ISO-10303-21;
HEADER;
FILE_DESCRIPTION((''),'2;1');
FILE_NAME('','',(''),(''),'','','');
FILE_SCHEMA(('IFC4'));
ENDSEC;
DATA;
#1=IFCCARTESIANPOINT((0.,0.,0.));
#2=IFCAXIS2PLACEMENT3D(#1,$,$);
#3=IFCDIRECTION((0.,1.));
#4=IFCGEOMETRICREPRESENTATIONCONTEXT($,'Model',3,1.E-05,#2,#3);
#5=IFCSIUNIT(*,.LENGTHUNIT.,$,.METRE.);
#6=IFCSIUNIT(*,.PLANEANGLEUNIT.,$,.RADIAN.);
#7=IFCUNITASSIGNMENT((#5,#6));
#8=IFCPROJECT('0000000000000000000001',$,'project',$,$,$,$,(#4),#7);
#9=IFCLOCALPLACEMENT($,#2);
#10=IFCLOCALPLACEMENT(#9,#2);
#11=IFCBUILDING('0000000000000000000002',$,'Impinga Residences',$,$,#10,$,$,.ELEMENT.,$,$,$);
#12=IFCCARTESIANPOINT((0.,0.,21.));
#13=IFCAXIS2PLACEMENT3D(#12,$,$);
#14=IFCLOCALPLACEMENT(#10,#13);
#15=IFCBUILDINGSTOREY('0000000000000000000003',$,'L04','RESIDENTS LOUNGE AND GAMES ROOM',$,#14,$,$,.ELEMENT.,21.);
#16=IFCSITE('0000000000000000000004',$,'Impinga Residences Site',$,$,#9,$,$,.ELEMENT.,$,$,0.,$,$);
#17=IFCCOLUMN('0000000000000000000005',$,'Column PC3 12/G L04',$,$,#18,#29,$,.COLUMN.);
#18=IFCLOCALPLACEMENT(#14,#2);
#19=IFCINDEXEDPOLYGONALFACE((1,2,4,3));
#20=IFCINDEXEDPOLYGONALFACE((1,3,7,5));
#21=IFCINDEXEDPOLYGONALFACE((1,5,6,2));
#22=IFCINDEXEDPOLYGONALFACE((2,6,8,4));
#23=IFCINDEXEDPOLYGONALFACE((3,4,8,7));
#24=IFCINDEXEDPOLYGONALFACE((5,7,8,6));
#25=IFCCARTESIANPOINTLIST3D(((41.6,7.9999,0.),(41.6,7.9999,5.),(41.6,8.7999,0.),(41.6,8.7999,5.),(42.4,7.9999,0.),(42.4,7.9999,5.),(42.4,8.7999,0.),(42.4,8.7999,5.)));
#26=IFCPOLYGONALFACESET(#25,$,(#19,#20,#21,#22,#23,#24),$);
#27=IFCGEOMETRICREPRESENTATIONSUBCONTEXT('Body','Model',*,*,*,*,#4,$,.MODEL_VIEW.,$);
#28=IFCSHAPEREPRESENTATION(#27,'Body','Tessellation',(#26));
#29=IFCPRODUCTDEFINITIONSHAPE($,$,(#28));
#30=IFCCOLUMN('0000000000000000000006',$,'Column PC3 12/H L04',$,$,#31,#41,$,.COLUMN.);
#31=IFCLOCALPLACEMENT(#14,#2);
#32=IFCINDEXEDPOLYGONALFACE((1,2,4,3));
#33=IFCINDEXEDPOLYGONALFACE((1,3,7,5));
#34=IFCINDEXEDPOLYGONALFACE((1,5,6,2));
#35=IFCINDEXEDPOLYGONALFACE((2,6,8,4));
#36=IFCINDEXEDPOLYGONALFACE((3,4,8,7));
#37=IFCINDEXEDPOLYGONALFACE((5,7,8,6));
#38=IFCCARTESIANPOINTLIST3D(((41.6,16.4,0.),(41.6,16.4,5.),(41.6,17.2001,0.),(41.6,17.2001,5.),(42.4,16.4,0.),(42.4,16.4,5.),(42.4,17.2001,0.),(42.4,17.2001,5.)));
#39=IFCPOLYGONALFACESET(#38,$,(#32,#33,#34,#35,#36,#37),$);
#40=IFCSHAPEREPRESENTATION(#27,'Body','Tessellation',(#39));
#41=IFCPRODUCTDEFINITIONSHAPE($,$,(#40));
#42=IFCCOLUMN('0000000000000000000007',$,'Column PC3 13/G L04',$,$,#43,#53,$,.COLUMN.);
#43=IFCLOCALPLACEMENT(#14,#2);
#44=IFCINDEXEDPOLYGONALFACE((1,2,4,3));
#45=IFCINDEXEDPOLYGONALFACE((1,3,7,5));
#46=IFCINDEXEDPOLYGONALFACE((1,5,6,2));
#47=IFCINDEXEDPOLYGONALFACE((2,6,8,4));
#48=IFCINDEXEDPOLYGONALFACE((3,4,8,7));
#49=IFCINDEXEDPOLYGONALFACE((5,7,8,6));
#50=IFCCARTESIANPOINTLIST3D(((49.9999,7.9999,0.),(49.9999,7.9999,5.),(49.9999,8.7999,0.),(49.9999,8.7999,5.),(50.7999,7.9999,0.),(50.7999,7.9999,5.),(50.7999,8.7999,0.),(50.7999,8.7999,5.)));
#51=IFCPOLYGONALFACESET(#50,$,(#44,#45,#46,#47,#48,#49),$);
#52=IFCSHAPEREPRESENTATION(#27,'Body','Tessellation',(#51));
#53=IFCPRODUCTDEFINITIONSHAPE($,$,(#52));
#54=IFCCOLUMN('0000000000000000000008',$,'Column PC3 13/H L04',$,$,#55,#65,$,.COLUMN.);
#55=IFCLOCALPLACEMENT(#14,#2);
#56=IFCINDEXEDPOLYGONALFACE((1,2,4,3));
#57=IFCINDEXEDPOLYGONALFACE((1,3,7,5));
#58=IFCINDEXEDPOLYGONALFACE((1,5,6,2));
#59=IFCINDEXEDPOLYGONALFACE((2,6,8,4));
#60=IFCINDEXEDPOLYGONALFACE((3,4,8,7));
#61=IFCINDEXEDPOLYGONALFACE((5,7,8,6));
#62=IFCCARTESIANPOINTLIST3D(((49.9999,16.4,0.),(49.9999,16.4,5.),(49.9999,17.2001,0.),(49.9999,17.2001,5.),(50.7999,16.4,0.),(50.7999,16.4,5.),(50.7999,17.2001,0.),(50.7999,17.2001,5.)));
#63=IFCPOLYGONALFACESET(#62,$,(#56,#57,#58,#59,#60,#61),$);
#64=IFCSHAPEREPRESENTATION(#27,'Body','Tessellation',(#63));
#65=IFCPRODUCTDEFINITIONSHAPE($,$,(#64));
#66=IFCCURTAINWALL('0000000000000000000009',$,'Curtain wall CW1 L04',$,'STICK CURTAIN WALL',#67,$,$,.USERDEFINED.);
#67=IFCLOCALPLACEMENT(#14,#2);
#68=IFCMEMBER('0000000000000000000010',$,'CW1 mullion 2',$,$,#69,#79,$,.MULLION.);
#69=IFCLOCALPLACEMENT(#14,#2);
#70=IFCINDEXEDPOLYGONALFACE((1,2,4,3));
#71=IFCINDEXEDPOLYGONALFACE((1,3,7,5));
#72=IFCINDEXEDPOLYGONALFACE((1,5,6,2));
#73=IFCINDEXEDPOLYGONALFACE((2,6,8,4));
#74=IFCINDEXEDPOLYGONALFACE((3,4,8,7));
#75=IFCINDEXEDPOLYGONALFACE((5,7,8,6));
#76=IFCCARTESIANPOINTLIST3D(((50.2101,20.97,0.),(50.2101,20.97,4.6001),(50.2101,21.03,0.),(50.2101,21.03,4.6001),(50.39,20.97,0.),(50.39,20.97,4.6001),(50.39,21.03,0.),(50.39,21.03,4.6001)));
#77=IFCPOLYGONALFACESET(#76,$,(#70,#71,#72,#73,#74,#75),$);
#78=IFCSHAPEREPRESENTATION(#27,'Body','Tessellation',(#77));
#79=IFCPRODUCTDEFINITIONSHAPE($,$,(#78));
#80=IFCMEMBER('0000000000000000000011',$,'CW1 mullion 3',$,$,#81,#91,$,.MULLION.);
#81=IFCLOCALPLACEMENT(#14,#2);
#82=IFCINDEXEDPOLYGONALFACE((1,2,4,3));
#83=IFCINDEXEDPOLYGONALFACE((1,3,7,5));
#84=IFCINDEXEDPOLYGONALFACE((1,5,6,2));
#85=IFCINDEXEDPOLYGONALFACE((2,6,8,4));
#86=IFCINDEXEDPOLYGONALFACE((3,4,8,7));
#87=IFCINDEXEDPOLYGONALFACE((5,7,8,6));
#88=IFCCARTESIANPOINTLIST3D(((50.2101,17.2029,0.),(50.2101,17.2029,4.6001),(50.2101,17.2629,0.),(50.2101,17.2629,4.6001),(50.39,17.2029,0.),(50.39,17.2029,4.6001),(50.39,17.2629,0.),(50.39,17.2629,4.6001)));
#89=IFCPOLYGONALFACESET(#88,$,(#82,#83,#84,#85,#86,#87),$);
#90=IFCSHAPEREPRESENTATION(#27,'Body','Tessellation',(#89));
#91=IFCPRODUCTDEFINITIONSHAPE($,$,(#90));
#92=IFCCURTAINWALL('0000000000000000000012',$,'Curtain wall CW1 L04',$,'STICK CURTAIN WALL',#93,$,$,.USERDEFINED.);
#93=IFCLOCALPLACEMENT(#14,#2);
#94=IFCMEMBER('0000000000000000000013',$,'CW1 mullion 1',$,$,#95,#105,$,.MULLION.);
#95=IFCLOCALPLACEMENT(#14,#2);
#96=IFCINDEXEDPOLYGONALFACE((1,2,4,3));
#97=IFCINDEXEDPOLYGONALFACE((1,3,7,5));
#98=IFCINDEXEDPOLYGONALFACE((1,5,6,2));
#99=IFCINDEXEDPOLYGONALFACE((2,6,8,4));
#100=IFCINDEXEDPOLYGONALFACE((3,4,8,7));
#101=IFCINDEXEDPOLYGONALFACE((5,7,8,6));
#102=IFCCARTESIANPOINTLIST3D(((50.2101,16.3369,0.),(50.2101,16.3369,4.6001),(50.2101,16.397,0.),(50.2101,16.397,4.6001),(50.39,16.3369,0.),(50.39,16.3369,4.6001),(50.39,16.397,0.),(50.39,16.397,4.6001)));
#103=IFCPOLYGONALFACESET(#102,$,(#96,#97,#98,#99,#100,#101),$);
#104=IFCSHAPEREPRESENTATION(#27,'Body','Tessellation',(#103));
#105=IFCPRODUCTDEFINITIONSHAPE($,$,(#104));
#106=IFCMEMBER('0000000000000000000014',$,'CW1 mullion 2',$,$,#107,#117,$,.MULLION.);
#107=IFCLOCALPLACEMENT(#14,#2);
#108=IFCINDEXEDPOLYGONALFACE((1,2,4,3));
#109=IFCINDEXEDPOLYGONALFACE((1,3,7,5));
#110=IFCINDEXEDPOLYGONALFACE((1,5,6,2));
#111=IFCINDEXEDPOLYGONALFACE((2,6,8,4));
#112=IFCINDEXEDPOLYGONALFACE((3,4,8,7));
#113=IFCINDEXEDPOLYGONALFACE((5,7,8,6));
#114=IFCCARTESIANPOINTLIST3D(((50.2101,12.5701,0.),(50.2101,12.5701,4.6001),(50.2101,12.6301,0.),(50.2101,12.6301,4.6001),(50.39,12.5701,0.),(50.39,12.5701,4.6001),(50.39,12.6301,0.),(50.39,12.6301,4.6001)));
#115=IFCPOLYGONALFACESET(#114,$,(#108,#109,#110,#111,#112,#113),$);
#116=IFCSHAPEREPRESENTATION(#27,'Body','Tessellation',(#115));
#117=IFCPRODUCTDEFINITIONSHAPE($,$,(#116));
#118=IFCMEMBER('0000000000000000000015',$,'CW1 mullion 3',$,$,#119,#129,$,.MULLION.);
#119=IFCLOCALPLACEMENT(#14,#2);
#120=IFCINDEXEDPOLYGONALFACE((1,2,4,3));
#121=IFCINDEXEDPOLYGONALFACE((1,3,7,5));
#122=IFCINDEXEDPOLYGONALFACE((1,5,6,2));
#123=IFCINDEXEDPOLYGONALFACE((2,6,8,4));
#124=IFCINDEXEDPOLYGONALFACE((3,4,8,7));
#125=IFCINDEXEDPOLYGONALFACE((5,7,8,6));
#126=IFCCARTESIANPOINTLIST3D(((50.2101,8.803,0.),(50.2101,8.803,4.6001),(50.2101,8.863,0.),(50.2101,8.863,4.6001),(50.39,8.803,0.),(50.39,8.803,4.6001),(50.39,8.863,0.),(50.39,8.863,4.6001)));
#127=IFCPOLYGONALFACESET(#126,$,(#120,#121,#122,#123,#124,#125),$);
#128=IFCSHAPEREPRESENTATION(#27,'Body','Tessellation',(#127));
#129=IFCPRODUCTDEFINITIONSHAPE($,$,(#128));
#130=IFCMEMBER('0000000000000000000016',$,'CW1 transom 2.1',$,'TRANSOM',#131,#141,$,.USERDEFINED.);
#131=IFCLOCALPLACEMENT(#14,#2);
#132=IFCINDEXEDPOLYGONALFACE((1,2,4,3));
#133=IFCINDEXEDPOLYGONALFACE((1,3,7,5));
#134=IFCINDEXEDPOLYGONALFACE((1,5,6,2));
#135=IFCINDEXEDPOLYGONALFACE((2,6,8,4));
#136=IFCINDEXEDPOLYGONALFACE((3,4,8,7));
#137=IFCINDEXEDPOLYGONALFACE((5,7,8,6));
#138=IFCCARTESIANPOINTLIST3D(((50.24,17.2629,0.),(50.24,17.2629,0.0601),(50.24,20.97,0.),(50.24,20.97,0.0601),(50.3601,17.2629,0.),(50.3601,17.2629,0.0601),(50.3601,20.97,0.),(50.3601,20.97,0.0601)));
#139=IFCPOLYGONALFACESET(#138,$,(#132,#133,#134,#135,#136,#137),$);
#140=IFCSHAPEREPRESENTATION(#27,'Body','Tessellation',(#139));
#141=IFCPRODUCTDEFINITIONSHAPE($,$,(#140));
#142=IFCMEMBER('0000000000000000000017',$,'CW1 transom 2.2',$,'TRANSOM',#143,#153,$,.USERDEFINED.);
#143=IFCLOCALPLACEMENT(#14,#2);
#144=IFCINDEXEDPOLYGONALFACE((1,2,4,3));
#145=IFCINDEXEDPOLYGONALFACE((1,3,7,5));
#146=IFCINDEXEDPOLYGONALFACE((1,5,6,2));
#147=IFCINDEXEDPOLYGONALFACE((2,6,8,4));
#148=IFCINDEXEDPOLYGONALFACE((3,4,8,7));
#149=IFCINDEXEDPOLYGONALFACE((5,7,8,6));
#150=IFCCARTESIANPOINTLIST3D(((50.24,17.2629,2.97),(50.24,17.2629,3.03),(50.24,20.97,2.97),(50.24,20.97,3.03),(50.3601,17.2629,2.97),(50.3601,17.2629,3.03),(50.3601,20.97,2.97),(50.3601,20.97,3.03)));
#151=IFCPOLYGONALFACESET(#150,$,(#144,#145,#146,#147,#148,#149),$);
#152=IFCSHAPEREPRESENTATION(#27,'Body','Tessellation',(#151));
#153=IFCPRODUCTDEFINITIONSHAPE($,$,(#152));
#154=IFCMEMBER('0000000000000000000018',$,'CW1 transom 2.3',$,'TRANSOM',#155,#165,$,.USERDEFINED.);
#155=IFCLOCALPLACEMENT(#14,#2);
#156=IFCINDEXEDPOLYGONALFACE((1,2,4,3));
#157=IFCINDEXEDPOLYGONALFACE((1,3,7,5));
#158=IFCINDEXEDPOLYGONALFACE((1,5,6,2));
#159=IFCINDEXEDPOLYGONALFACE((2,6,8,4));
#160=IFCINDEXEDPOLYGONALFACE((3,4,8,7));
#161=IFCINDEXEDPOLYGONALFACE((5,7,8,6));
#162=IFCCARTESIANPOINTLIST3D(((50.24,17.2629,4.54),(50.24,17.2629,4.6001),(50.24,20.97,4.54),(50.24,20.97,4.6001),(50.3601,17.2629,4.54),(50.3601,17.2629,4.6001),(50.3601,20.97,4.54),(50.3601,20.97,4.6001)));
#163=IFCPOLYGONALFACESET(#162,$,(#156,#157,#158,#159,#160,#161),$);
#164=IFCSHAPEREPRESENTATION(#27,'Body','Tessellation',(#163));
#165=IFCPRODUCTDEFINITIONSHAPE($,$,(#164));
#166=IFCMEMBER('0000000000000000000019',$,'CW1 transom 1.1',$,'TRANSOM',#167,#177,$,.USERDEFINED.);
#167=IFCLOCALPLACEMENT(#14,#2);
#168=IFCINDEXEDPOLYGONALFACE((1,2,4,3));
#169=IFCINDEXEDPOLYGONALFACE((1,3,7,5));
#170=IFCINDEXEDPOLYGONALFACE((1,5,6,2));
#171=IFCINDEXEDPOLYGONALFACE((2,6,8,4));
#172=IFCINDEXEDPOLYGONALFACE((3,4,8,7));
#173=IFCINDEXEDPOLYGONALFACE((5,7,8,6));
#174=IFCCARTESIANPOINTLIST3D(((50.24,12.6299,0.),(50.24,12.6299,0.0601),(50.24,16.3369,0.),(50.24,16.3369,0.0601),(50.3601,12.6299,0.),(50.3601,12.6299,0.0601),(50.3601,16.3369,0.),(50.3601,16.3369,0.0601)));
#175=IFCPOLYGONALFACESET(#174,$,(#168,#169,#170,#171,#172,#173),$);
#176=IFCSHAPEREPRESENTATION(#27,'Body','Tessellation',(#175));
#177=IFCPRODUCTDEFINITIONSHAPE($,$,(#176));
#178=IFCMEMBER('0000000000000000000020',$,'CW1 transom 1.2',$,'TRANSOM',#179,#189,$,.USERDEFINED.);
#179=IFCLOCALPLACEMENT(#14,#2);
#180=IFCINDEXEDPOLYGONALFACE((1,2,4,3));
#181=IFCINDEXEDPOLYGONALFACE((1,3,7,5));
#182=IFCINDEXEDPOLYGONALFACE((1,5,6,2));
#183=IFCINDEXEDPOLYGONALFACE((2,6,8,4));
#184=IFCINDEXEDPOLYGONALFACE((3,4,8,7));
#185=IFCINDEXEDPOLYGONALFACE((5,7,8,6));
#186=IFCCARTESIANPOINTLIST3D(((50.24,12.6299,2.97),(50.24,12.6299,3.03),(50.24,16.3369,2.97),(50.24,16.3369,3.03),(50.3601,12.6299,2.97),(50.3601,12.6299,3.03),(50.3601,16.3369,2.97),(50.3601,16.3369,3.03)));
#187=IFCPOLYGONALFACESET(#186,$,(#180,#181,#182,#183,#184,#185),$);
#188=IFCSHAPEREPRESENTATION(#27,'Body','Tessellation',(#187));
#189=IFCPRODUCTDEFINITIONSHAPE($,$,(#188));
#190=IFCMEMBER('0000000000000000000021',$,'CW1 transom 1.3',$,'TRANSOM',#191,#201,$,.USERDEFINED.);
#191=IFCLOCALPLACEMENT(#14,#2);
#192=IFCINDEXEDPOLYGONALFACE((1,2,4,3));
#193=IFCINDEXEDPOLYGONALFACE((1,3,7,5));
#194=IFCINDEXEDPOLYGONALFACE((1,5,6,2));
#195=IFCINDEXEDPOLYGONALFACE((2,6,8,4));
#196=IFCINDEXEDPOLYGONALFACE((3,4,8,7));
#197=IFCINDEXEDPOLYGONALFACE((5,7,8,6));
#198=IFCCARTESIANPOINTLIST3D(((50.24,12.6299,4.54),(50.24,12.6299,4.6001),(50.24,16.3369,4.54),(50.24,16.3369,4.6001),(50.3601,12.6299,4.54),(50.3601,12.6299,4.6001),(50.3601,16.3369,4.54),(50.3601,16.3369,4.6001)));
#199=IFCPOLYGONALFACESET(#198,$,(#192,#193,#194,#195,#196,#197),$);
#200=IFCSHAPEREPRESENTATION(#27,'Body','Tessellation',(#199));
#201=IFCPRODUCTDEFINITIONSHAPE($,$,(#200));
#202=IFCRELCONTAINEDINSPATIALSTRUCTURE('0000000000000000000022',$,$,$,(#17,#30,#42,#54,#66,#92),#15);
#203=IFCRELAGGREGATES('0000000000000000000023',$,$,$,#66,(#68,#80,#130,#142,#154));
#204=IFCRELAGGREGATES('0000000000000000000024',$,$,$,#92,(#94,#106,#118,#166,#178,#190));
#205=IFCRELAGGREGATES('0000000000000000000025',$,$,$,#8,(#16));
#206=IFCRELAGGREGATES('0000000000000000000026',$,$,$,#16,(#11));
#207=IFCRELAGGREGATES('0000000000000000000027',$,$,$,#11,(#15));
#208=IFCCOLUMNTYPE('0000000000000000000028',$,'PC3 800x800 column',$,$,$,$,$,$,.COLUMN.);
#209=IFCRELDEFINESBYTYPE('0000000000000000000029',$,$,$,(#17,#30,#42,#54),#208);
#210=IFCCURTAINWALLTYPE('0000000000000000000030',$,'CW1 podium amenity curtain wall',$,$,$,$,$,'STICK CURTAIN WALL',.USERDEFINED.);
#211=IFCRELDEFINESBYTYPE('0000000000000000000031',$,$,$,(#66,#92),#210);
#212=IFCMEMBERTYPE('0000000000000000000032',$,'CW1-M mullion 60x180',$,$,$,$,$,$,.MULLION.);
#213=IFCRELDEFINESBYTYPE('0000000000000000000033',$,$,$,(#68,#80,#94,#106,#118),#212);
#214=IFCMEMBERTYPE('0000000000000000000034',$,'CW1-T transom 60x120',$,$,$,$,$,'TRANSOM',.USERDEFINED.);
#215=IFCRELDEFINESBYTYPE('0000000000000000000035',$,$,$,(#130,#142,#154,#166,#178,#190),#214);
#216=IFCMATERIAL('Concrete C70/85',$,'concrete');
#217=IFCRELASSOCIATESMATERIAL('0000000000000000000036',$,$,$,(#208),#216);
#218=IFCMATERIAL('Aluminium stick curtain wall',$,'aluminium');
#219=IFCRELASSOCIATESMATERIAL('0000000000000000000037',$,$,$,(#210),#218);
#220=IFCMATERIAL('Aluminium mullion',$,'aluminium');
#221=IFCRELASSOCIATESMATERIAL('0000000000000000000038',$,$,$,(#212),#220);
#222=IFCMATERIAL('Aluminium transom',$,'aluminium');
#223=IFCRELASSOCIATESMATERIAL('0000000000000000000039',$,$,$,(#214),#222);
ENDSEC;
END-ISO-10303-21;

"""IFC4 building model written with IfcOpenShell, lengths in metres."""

from ifc_helpers import new_model, si_unit, direction, frame, origin, origin_2d, place, context, subcontext, project, spatial, rectangle, extrude, material, material_profile, profile_set, type_object, element, aggregate, save


model = new_model("IFC4")

# Units and contexts
model_context = context("Model", 3, precision=1e-05, world=origin(), true_north=direction((0.0, 1.0)))
body_context = subcontext(model_context, "Body", "Model", "MODEL_VIEW")
ifc_project = project(units=[si_unit("LENGTHUNIT", "METRE"), si_unit("PLANEANGLEUNIT", "RADIAN")], contexts=[model_context])

# Site, building, storey
site_placement = place(None, origin())
site = spatial("IfcSite", under=ifc_project, at=site_placement, Name="Impinga Residences Site", CompositionType="ELEMENT", RefElevation=0.0)
building_placement = place(site_placement, origin())
building = spatial("IfcBuilding", under=site, at=building_placement, Name="Impinga Residences", CompositionType="ELEMENT")
storey_placement = place(building_placement, frame((0.0, 0.0, 21.0)))
storey = spatial("IfcBuildingStorey", under=building, at=storey_placement, Name="L04", Description="RESIDENTS LOUNGE AND GAMES ROOM", CompositionType="ELEMENT", Elevation=21.0)

# Columns
ifc_material_1 = material(Name="Concrete C70/85", Category="concrete")
ifc_material_profile_1 = material_profile(ifc_material_1, rectangle(XDim=0.8, YDim=0.8, at=origin_2d()), Name="RC 800x800")
ifc_profile_set_1 = profile_set([ifc_material_profile_1], Name="Concrete C70/85")
column_type = type_object("IfcColumnType", Name="PC3 800x800 column", PredefinedType="COLUMN", material=ifc_profile_set_1)
for number, where, z_axis, x_axis, name in (
    (1, (42.0, 8.3999, 0.0), (0.0, 0.0, 1.0), (1.0, 0.0, 0.0), "Column PC3 12/G L04"),
    (2, (42.0, 16.8, 0.0), (0.0, 0.0, 1.0), (1.0, 0.0, 0.0), "Column PC3 12/H L04"),
    (3, (50.3999, 8.3999, 0.0), (0.0, 0.0, 1.0), (1.0, 0.0, 0.0), "Column PC3 13/G L04"),
    (4, (50.3999, 16.8, 0.0), (0.0, 0.0, 1.0), (1.0, 0.0, 0.0), "Column PC3 13/H L04"),
):
    element("IfcColumn", number, at=place(storey_placement, frame(where, z_axis=z_axis, x_axis=x_axis)), inside=storey, type_object=column_type, Name=name, PredefinedType="COLUMN", context=body_context, shape_type="SweptSolid", body=[
        extrude(rectangle(XDim=0.8, YDim=0.8, at=origin_2d()), origin(), (0.0, 0.0, 1.0), 5.0),
    ])

# Curtain walls, members
ifc_material_2 = material(Name="Aluminium stick curtain wall", Category="aluminium")
curtain_wall_type = type_object("IfcCurtainWallType", Name="CW1 podium amenity curtain wall", ElementType="STICK CURTAIN WALL", PredefinedType="USERDEFINED", material=ifc_material_2)
curtain_wall_1_placement = place(storey_placement, origin())
curtain_wall_1 = element("IfcCurtainWall", 5, at=curtain_wall_1_placement, inside=storey, type_object=curtain_wall_type, Name="Curtain wall CW1 L04", ObjectType="STICK CURTAIN WALL", PredefinedType="USERDEFINED")
ifc_material_3 = material(Name="Aluminium mullion", Category="aluminium")
ifc_material_profile_2 = material_profile(ifc_material_3, rectangle(XDim=0.0601, YDim=0.1799, at=origin_2d()), Name="60x180 mullion")
ifc_profile_set_2 = profile_set([ifc_material_profile_2], Name="Aluminium mullion")
member_type_1 = type_object("IfcMemberType", Name="CW1-M mullion 60x180", PredefinedType="MULLION", material=ifc_profile_set_2)
member_1_placement = place(storey_placement, frame((50.3, 21.0, 0.0), z_axis=(0.0, 0.0, 1.0), x_axis=(0.0, -1.0, 0.0)))
member_1 = element("IfcMember", 6, at=member_1_placement, type_object=member_type_1, Name="CW1 mullion 2", PredefinedType="MULLION", context=body_context, shape_type="SweptSolid", body=[
    extrude(rectangle(XDim=0.0601, YDim=0.1799, at=origin_2d()), origin(), (0.0, 0.0, 1.0), 4.6001),
])
member_2_placement = place(storey_placement, frame((50.3, 17.2329, 0.0), z_axis=(0.0, 0.0, 1.0), x_axis=(0.0, -1.0, 0.0)))
member_2 = element("IfcMember", 7, at=member_2_placement, type_object=member_type_1, Name="CW1 mullion 3", PredefinedType="MULLION", context=body_context, shape_type="SweptSolid", body=[
    extrude(rectangle(XDim=0.0601, YDim=0.1799, at=origin_2d()), origin(), (0.0, 0.0, 1.0), 4.6001),
])
curtain_wall_2_placement = place(storey_placement, origin())
curtain_wall_2 = element("IfcCurtainWall", 8, at=curtain_wall_2_placement, inside=storey, type_object=curtain_wall_type, Name="Curtain wall CW1 L04", ObjectType="STICK CURTAIN WALL", PredefinedType="USERDEFINED")
member_3_placement = place(storey_placement, frame((50.3, 16.3669, 0.0), z_axis=(0.0, 0.0, 1.0), x_axis=(0.0, -1.0, 0.0)))
member_3 = element("IfcMember", 9, at=member_3_placement, type_object=member_type_1, Name="CW1 mullion 1", PredefinedType="MULLION", context=body_context, shape_type="SweptSolid", body=[
    extrude(rectangle(XDim=0.0601, YDim=0.1799, at=origin_2d()), origin(), (0.0, 0.0, 1.0), 4.6001),
])
member_4_placement = place(storey_placement, frame((50.3, 12.6001, 0.0), z_axis=(0.0, 0.0, 1.0), x_axis=(0.0, -1.0, 0.0)))
member_4 = element("IfcMember", 10, at=member_4_placement, type_object=member_type_1, Name="CW1 mullion 2", PredefinedType="MULLION", context=body_context, shape_type="SweptSolid", body=[
    extrude(rectangle(XDim=0.0601, YDim=0.1799, at=origin_2d()), origin(), (0.0, 0.0, 1.0), 4.6001),
])
member_5_placement = place(storey_placement, frame((50.3, 8.833, 0.0), z_axis=(0.0, 0.0, 1.0), x_axis=(0.0, -1.0, 0.0)))
member_5 = element("IfcMember", 11, at=member_5_placement, type_object=member_type_1, Name="CW1 mullion 3", PredefinedType="MULLION", context=body_context, shape_type="SweptSolid", body=[
    extrude(rectangle(XDim=0.0601, YDim=0.1799, at=origin_2d()), origin(), (0.0, 0.0, 1.0), 4.6001),
])

# Members
ifc_material_4 = material(Name="Aluminium transom", Category="aluminium")
ifc_material_profile_3 = material_profile(ifc_material_4, rectangle(XDim=0.0601, YDim=0.1201, at=origin_2d()), Name="60x120 transom")
ifc_profile_set_3 = profile_set([ifc_material_profile_3], Name="Aluminium transom")
member_type_2 = type_object("IfcMemberType", Name="CW1-T transom 60x120", ElementType="TRANSOM", PredefinedType="USERDEFINED", material=ifc_profile_set_3)
member_6_placement = place(storey_placement, frame((50.3, 20.97, 0.03), z_axis=(0.0, -1.0, 0.0), x_axis=(0.0, 0.0, 1.0)))
member_6 = element("IfcMember", 12, at=member_6_placement, type_object=member_type_2, Name="CW1 transom 2.1", ObjectType="TRANSOM", PredefinedType="USERDEFINED", context=body_context, shape_type="SweptSolid", body=[
    extrude(rectangle(XDim=0.0601, YDim=0.1201, at=origin_2d()), origin(), (0.0, 0.0, 1.0), 3.707),
])
member_7_placement = place(storey_placement, frame((50.3, 20.97, 3.0), z_axis=(0.0, -1.0, 0.0), x_axis=(0.0, 0.0, 1.0)))
member_7 = element("IfcMember", 13, at=member_7_placement, type_object=member_type_2, Name="CW1 transom 2.2", ObjectType="TRANSOM", PredefinedType="USERDEFINED", context=body_context, shape_type="SweptSolid", body=[
    extrude(rectangle(XDim=0.0601, YDim=0.1201, at=origin_2d()), origin(), (0.0, 0.0, 1.0), 3.707),
])
member_8_placement = place(storey_placement, frame((50.3, 20.97, 4.5701), z_axis=(0.0, -1.0, 0.0), x_axis=(0.0, 0.0, 1.0)))
member_8 = element("IfcMember", 14, at=member_8_placement, type_object=member_type_2, Name="CW1 transom 2.3", ObjectType="TRANSOM", PredefinedType="USERDEFINED", context=body_context, shape_type="SweptSolid", body=[
    extrude(rectangle(XDim=0.0601, YDim=0.1201, at=origin_2d()), origin(), (0.0, 0.0, 1.0), 3.707),
])
member_9_placement = place(storey_placement, frame((50.3, 16.3369, 0.03), z_axis=(0.0, -1.0, 0.0), x_axis=(0.0, 0.0, 1.0)))
member_9 = element("IfcMember", 15, at=member_9_placement, type_object=member_type_2, Name="CW1 transom 1.1", ObjectType="TRANSOM", PredefinedType="USERDEFINED", context=body_context, shape_type="SweptSolid", body=[
    extrude(rectangle(XDim=0.0601, YDim=0.1201, at=origin_2d()), origin(), (0.0, 0.0, 1.0), 3.707),
])
member_10_placement = place(storey_placement, frame((50.3, 16.3369, 3.0), z_axis=(0.0, -1.0, 0.0), x_axis=(0.0, 0.0, 1.0)))
member_10 = element("IfcMember", 16, at=member_10_placement, type_object=member_type_2, Name="CW1 transom 1.2", ObjectType="TRANSOM", PredefinedType="USERDEFINED", context=body_context, shape_type="SweptSolid", body=[
    extrude(rectangle(XDim=0.0601, YDim=0.1201, at=origin_2d()), origin(), (0.0, 0.0, 1.0), 3.707),
])
member_11_placement = place(storey_placement, frame((50.3, 16.3369, 4.5701), z_axis=(0.0, -1.0, 0.0), x_axis=(0.0, 0.0, 1.0)))
member_11 = element("IfcMember", 17, at=member_11_placement, type_object=member_type_2, Name="CW1 transom 1.3", ObjectType="TRANSOM", PredefinedType="USERDEFINED", context=body_context, shape_type="SweptSolid", body=[
    extrude(rectangle(XDim=0.0601, YDim=0.1201, at=origin_2d()), origin(), (0.0, 0.0, 1.0), 3.707),
])

aggregate(curtain_wall_1, [member_1, member_2, member_6, member_7, member_8])
aggregate(curtain_wall_2, [member_3, member_4, member_5, member_9, member_10, member_11])

save(model, "model.ifc")
